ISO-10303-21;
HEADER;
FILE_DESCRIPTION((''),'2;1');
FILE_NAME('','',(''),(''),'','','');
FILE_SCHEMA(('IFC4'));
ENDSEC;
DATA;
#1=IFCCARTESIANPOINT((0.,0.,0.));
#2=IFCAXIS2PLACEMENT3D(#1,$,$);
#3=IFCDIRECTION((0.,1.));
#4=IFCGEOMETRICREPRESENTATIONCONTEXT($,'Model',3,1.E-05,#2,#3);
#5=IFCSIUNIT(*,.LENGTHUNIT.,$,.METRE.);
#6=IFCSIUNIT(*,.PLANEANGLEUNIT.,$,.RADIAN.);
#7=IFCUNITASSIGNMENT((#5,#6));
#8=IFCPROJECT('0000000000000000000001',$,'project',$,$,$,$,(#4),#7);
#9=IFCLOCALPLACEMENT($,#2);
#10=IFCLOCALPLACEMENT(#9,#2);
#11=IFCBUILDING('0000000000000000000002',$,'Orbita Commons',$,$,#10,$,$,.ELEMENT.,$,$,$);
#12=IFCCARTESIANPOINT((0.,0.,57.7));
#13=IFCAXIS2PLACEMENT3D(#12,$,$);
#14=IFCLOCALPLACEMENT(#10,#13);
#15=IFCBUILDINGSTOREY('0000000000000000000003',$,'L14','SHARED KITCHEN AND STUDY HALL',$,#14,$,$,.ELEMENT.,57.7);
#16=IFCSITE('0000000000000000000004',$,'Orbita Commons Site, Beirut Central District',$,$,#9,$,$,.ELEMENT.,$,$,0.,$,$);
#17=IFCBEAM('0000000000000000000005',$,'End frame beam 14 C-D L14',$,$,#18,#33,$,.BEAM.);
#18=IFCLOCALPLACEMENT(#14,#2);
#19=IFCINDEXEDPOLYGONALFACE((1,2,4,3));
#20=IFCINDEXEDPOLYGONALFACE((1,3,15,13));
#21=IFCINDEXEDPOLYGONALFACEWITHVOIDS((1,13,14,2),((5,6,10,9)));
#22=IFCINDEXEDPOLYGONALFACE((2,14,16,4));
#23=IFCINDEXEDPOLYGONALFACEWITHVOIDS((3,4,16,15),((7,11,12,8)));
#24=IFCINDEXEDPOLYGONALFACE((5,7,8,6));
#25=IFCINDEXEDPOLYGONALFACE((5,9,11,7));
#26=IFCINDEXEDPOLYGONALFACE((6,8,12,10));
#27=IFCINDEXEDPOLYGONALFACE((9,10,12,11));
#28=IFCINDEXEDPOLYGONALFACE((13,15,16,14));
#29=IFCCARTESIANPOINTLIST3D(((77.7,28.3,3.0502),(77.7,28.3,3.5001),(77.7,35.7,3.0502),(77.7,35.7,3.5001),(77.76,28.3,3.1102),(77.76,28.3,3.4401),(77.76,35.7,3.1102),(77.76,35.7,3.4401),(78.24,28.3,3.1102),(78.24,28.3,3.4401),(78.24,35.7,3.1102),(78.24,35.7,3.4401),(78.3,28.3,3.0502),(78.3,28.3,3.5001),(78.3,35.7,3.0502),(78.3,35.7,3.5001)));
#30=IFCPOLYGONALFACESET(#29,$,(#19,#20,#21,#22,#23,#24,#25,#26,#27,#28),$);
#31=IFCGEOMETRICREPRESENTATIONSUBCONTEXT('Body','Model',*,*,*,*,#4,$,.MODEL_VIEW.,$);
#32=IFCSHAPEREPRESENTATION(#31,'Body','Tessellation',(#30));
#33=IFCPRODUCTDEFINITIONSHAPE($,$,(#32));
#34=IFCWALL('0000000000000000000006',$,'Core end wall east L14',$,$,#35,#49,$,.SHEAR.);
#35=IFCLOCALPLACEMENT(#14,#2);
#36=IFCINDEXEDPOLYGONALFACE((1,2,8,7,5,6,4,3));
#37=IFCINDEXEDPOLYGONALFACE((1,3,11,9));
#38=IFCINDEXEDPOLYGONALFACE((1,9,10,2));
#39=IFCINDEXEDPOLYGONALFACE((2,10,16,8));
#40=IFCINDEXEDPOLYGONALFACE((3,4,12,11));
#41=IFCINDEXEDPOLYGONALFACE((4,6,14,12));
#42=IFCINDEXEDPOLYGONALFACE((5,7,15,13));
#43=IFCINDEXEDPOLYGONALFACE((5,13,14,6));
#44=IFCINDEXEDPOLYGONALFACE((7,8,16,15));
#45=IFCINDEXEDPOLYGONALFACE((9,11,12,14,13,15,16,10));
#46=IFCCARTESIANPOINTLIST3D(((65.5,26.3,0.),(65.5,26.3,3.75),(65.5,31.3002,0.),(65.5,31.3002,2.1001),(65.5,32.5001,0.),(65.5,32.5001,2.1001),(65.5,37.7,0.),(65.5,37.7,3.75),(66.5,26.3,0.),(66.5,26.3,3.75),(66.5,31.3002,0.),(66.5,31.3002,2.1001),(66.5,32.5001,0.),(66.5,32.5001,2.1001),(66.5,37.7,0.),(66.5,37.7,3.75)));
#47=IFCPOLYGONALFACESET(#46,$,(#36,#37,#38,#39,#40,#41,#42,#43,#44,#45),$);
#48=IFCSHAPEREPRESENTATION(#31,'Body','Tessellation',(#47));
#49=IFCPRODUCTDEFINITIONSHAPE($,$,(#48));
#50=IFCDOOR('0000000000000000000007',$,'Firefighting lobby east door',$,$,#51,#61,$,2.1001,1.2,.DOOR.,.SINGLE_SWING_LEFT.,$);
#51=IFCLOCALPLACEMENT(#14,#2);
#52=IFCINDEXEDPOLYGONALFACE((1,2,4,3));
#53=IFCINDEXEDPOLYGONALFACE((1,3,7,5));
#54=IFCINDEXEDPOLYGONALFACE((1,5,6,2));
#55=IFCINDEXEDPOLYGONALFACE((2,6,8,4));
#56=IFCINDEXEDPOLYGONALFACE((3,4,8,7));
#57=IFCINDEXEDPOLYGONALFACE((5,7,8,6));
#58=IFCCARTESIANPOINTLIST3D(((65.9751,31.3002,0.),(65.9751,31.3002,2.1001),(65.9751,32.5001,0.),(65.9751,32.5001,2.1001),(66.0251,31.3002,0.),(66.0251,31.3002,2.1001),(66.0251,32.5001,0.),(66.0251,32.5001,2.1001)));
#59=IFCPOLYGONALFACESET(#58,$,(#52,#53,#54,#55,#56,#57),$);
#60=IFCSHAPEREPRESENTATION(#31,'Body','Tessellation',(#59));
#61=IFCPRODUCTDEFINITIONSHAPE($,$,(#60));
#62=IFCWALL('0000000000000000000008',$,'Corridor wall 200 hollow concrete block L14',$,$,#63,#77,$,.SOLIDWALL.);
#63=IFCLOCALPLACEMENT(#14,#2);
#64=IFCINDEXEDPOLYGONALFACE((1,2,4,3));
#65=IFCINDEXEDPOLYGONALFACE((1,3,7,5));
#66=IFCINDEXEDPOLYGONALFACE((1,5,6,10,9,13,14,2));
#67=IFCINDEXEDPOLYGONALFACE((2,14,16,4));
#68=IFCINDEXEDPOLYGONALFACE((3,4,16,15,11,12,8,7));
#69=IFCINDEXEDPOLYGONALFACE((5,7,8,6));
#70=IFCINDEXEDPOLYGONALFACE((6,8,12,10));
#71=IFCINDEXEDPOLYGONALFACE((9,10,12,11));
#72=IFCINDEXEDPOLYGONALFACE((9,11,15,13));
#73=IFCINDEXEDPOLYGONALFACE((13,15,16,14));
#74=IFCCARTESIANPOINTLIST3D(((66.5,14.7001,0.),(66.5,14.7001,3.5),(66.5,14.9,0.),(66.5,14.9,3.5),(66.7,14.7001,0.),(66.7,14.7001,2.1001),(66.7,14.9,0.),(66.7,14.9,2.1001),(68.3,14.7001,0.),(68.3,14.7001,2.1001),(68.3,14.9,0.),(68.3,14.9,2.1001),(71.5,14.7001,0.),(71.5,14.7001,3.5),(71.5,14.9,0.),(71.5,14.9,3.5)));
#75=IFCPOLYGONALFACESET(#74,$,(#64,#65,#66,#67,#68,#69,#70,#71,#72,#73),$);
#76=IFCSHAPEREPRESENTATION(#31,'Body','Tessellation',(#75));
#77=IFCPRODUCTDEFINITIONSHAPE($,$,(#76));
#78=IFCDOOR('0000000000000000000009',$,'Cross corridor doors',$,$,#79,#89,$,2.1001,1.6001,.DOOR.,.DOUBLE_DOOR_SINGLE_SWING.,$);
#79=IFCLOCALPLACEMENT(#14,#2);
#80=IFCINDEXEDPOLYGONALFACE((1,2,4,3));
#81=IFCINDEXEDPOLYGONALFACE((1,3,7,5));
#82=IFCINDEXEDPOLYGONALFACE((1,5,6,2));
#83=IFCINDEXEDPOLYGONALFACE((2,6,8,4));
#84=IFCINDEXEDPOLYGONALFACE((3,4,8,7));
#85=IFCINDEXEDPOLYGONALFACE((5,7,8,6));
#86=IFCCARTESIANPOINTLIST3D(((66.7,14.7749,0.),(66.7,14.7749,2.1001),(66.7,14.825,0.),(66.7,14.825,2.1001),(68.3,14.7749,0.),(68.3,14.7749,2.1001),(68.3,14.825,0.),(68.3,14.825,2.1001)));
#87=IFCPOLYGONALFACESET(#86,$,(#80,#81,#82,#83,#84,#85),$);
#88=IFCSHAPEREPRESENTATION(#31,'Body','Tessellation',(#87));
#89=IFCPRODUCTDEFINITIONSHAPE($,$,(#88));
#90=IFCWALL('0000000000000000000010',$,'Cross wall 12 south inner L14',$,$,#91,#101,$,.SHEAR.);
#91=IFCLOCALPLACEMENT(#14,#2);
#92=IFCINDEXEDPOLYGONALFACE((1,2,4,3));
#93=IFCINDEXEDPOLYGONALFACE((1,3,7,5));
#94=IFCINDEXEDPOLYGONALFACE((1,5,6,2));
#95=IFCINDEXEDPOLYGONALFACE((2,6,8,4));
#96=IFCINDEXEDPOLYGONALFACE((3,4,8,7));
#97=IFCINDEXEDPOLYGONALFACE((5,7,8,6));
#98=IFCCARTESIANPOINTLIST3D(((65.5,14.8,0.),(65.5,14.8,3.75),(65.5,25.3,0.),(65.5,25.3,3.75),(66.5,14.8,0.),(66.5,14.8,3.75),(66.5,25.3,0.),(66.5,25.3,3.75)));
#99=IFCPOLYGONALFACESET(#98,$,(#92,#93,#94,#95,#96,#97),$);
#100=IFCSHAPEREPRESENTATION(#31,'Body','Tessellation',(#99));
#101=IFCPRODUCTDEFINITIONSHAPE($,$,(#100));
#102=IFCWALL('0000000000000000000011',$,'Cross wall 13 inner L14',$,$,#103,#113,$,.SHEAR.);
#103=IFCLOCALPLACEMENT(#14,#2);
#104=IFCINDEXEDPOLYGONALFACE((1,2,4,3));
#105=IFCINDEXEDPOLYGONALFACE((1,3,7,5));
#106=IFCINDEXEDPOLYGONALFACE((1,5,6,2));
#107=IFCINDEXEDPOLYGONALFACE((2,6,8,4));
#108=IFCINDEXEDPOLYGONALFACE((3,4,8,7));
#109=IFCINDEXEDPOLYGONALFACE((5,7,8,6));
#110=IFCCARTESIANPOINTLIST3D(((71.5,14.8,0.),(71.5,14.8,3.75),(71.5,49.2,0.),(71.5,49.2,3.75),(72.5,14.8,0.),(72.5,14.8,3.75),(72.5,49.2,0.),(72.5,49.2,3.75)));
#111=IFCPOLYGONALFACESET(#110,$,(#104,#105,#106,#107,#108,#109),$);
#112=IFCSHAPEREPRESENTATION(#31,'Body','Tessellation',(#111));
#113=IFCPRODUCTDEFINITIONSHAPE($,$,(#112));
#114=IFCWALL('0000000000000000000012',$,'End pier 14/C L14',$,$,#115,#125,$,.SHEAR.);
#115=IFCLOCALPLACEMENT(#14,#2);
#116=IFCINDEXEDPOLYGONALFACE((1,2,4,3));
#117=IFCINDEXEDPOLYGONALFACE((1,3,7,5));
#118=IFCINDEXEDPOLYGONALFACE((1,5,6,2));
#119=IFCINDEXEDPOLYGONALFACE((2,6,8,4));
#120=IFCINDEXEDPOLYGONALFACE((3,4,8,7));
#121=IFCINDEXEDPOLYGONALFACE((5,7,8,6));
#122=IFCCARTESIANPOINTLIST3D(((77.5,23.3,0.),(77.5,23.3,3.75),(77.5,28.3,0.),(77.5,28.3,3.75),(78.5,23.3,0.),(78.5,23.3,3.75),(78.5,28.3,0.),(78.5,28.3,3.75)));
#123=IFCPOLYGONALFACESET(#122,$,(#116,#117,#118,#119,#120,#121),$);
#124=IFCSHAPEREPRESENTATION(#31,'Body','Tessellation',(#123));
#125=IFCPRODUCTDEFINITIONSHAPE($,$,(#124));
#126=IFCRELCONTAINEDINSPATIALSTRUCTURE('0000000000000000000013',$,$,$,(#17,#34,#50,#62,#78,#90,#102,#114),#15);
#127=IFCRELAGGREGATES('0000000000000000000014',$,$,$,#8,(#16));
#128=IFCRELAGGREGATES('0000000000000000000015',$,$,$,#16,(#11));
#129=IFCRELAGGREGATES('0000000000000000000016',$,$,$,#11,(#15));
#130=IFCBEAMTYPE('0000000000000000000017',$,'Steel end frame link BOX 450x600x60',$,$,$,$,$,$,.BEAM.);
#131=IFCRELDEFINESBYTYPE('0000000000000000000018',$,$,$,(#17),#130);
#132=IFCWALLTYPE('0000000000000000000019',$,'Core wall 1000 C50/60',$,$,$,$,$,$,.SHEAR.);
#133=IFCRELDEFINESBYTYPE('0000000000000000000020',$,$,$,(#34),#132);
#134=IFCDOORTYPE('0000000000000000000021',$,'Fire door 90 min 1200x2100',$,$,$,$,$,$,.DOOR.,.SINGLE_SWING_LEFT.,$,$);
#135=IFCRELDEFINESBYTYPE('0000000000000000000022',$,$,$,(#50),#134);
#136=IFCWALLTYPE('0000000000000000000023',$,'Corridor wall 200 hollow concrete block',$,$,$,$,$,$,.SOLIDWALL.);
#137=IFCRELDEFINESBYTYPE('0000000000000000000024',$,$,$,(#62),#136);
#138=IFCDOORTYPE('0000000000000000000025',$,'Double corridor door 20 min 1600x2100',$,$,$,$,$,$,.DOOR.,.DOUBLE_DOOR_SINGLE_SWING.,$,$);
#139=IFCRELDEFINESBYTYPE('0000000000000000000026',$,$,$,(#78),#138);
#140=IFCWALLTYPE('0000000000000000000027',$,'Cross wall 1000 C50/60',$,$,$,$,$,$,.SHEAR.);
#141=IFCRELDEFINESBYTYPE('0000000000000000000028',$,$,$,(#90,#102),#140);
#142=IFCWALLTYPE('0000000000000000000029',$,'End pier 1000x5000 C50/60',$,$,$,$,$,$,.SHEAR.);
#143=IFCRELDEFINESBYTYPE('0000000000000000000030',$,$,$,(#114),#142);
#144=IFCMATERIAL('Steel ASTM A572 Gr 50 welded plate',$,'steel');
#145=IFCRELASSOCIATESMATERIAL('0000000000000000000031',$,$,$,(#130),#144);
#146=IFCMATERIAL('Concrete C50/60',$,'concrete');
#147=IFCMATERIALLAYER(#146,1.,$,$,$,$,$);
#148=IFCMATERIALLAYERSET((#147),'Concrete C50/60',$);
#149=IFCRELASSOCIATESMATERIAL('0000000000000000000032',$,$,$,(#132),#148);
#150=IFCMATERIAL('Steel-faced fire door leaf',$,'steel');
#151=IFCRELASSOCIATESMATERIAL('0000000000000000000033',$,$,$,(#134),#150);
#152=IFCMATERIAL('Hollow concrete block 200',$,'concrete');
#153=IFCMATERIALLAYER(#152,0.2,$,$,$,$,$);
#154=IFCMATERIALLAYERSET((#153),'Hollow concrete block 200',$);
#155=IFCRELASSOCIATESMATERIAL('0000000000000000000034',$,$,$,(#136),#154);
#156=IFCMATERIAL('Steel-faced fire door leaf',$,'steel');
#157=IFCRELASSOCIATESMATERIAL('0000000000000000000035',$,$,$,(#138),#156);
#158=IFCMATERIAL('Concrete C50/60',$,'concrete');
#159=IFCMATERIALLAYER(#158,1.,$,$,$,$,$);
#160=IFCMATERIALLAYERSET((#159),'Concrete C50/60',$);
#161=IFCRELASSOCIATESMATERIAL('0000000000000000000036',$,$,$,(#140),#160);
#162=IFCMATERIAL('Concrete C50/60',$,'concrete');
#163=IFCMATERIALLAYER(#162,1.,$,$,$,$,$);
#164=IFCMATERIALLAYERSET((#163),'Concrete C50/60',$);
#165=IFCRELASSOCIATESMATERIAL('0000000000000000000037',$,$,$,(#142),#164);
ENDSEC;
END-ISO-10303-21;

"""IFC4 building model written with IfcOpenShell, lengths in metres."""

from ifc_helpers import new_model, si_unit, direction, frame, frame_2d, origin, origin_2d, place, context, subcontext, project, spatial, rectangle, hollow_rectangle, extrude, material, layer, layer_set, material_profile, profile_set, type_object, element, fill, save


model = new_model("IFC4")

# Units and contexts
model_context = context("Model", 3, precision=1e-05, world=origin(), true_north=direction((0.0, 1.0)))
body_context = subcontext(model_context, "Body", "Model", "MODEL_VIEW")
ifc_project = project(units=[si_unit("LENGTHUNIT", "METRE"), si_unit("PLANEANGLEUNIT", "RADIAN")], contexts=[model_context])

# Site, building, storey
site_placement = place(None, origin())
site = spatial("IfcSite", under=ifc_project, at=site_placement, Name="Orbita Commons Site, Beirut Central District", CompositionType="ELEMENT", RefElevation=0.0)
building_placement = place(site_placement, origin())
building = spatial("IfcBuilding", under=site, at=building_placement, Name="Orbita Commons", CompositionType="ELEMENT")
storey_placement = place(building_placement, frame((0.0, 0.0, 57.7)))
storey = spatial("IfcBuildingStorey", under=building, at=storey_placement, Name="L14", Description="SHARED KITCHEN AND STUDY HALL", CompositionType="ELEMENT", Elevation=57.7)

# Beam
ifc_material_1 = material(Name="Steel ASTM A572 Gr 50 welded plate", Category="steel")
ifc_material_profile = material_profile(ifc_material_1, hollow_rectangle(XDim=0.6001, YDim=0.45, WallThickness=0.0601, at=origin_2d()), Name="BOX 450x600x60")
ifc_profile_set = profile_set([ifc_material_profile], Name="Steel ASTM A572 Gr 50 welded plate")
beam_type = type_object("IfcBeamType", Name="Steel end frame link BOX 450x600x60", PredefinedType="BEAM", material=ifc_profile_set)
beam_placement = place(storey_placement, frame((78.0, 28.3, 3.2751), z_axis=(0.0, 1.0, 0.0), x_axis=(-1.0, 0.0, 0.0)))
element("IfcBeam", 1, at=beam_placement, inside=storey, type_object=beam_type, Name="End frame beam 14 C-D L14", PredefinedType="BEAM", context=body_context, shape_type="SweptSolid", body=[
    extrude(hollow_rectangle(XDim=0.6001, YDim=0.45, WallThickness=0.0601, at=origin_2d()), origin(), (0.0, 0.0, 1.0), 7.3999),
])

# Walls, openings, doors
ifc_material_2 = material(Name="Concrete C50/60", Category="concrete")
ifc_layer_1 = layer(ifc_material_2, 1.0)
ifc_layer_set_1 = layer_set([ifc_layer_1], Name="Concrete C50/60")
wall_type_1 = type_object("IfcWallType", Name="Core wall 1000 C50/60", PredefinedType="SHEAR", material=ifc_layer_set_1)
wall_1_placement = place(storey_placement, frame((66.0, 26.3, 0.0), z_axis=(0.0, 0.0, 1.0), x_axis=(0.0, 1.0, 0.0)))
wall_1 = element("IfcWall", 2, at=wall_1_placement, inside=storey, type_object=wall_type_1, Name="Core end wall east L14", PredefinedType="SHEAR", context=body_context, shape_type="SweptSolid", body=[
    extrude(rectangle(XDim=11.3999, YDim=1.0, at=frame_2d((5.7, 0.0))), origin(), (0.0, 0.0, 1.0), 3.75),
])
opening_1_placement = place(wall_1_placement, frame((5.0, 0.0, 0.0)))
opening_1 = element("IfcOpeningElement", 3, at=opening_1_placement, cuts=wall_1, PredefinedType="OPENING", context=body_context, shape_type="SweptSolid", body=[
    extrude(rectangle(XDim=1.2, YDim=2.1001, at=frame_2d((0.6001, 1.05))), frame((0.0, 0.51, 0.0), z_axis=(0.0, -1.0, 0.0), x_axis=(1.0, 0.0, 0.0)), (0.0, 0.0, 1.0), 1.02),
])
ifc_material_3 = material(Name="Steel-faced fire door leaf", Category="steel")
door_type_1 = type_object("IfcDoorType", Name="Fire door 90 min 1200x2100", OperationType="SINGLE_SWING_LEFT", PredefinedType="DOOR", material=ifc_material_3)
door_1_placement = place(opening_1_placement, origin())
door_1 = element("IfcDoor", 4, at=door_1_placement, inside=storey, type_object=door_type_1, Name="Firefighting lobby east door", OperationType="SINGLE_SWING_LEFT", OverallHeight=2.1001, OverallWidth=1.2, PredefinedType="DOOR", context=body_context, shape_type="SweptSolid", body=[
    extrude(rectangle(XDim=1.2, YDim=2.1001, at=frame_2d((0.6001, 1.05))), frame((0.0, 0.0249, 0.0), z_axis=(0.0, -1.0, 0.0), x_axis=(1.0, 0.0, 0.0)), (0.0, 0.0, 1.0), 0.05),
])
fill(opening_1, door_1)
ifc_material_4 = material(Name="Hollow concrete block 200", Category="concrete")
ifc_layer_2 = layer(ifc_material_4, 0.2)
ifc_layer_set_2 = layer_set([ifc_layer_2], Name="Hollow concrete block 200")
wall_type_2 = type_object("IfcWallType", Name="Corridor wall 200 hollow concrete block", PredefinedType="SOLIDWALL", material=ifc_layer_set_2)
wall_2_placement = place(storey_placement, frame((66.5, 14.8, 0.0), z_axis=(0.0, 0.0, 1.0), x_axis=(1.0, 0.0, 0.0)))
wall_2 = element("IfcWall", 5, at=wall_2_placement, inside=storey, type_object=wall_type_2, Name="Corridor wall 200 hollow concrete block L14", PredefinedType="SOLIDWALL", context=body_context, shape_type="SweptSolid", body=[
    extrude(rectangle(XDim=5.0, YDim=0.2, at=frame_2d((2.5, 0.0))), origin(), (0.0, 0.0, 1.0), 3.5),
])
opening_2_placement = place(wall_2_placement, frame((0.2, 0.0, 0.0)))
opening_2 = element("IfcOpeningElement", 6, at=opening_2_placement, cuts=wall_2, PredefinedType="OPENING", context=body_context, shape_type="SweptSolid", body=[
    extrude(rectangle(XDim=1.6001, YDim=2.1001, at=frame_2d((0.8, 1.05))), frame((0.0, 0.1099, 0.0), z_axis=(0.0, -1.0, 0.0), x_axis=(1.0, 0.0, 0.0)), (0.0, 0.0, 1.0), 0.22),
])
ifc_material_5 = material(Name="Steel-faced fire door leaf", Category="steel")
door_type_2 = type_object("IfcDoorType", Name="Double corridor door 20 min 1600x2100", OperationType="DOUBLE_DOOR_SINGLE_SWING", PredefinedType="DOOR", material=ifc_material_5)
door_2_placement = place(opening_2_placement, origin())
door_2 = element("IfcDoor", 7, at=door_2_placement, inside=storey, type_object=door_type_2, Name="Cross corridor doors", OperationType="DOUBLE_DOOR_SINGLE_SWING", OverallHeight=2.1001, OverallWidth=1.6001, PredefinedType="DOOR", context=body_context, shape_type="SweptSolid", body=[
    extrude(rectangle(XDim=1.6001, YDim=2.1001, at=frame_2d((0.8, 1.05))), frame((0.0, 0.0249, 0.0), z_axis=(0.0, -1.0, 0.0), x_axis=(1.0, 0.0, 0.0)), (0.0, 0.0, 1.0), 0.05),
])
fill(opening_2, door_2)

# Walls
ifc_material_6 = material(Name="Concrete C50/60", Category="concrete")
ifc_layer_3 = layer(ifc_material_6, 1.0)
ifc_layer_set_3 = layer_set([ifc_layer_3], Name="Concrete C50/60")
wall_type_3 = type_object("IfcWallType", Name="Cross wall 1000 C50/60", PredefinedType="SHEAR", material=ifc_layer_set_3)
wall_3_placement = place(storey_placement, frame((66.0, 14.8, 0.0), z_axis=(0.0, 0.0, 1.0), x_axis=(0.0, 1.0, 0.0)))
element("IfcWall", 8, at=wall_3_placement, inside=storey, type_object=wall_type_3, Name="Cross wall 12 south inner L14", PredefinedType="SHEAR", context=body_context, shape_type="SweptSolid", body=[
    extrude(rectangle(XDim=10.5, YDim=1.0, at=frame_2d((5.25, 0.0))), origin(), (0.0, 0.0, 1.0), 3.75),
])
wall_4_placement = place(storey_placement, frame((72.0, 14.8, 0.0), z_axis=(0.0, 0.0, 1.0), x_axis=(0.0, 1.0, 0.0)))
element("IfcWall", 9, at=wall_4_placement, inside=storey, type_object=wall_type_3, Name="Cross wall 13 inner L14", PredefinedType="SHEAR", context=body_context, shape_type="SweptSolid", body=[
    extrude(rectangle(XDim=34.3999, YDim=1.0, at=frame_2d((17.2, 0.0))), origin(), (0.0, 0.0, 1.0), 3.75),
])
ifc_material_7 = material(Name="Concrete C50/60", Category="concrete")
ifc_layer_4 = layer(ifc_material_7, 1.0)
ifc_layer_set_4 = layer_set([ifc_layer_4], Name="Concrete C50/60")
wall_type_4 = type_object("IfcWallType", Name="End pier 1000x5000 C50/60", PredefinedType="SHEAR", material=ifc_layer_set_4)
wall_5_placement = place(storey_placement, frame((78.0, 23.3, 0.0), z_axis=(0.0, 0.0, 1.0), x_axis=(0.0, 1.0, 0.0)))
element("IfcWall", 10, at=wall_5_placement, inside=storey, type_object=wall_type_4, Name="End pier 14/C L14", PredefinedType="SHEAR", context=body_context, shape_type="SweptSolid", body=[
    extrude(rectangle(XDim=5.0, YDim=1.0, at=frame_2d((2.5, 0.0))), origin(), (0.0, 0.0, 1.0), 3.75),
])

save(model, "model.ifc")
